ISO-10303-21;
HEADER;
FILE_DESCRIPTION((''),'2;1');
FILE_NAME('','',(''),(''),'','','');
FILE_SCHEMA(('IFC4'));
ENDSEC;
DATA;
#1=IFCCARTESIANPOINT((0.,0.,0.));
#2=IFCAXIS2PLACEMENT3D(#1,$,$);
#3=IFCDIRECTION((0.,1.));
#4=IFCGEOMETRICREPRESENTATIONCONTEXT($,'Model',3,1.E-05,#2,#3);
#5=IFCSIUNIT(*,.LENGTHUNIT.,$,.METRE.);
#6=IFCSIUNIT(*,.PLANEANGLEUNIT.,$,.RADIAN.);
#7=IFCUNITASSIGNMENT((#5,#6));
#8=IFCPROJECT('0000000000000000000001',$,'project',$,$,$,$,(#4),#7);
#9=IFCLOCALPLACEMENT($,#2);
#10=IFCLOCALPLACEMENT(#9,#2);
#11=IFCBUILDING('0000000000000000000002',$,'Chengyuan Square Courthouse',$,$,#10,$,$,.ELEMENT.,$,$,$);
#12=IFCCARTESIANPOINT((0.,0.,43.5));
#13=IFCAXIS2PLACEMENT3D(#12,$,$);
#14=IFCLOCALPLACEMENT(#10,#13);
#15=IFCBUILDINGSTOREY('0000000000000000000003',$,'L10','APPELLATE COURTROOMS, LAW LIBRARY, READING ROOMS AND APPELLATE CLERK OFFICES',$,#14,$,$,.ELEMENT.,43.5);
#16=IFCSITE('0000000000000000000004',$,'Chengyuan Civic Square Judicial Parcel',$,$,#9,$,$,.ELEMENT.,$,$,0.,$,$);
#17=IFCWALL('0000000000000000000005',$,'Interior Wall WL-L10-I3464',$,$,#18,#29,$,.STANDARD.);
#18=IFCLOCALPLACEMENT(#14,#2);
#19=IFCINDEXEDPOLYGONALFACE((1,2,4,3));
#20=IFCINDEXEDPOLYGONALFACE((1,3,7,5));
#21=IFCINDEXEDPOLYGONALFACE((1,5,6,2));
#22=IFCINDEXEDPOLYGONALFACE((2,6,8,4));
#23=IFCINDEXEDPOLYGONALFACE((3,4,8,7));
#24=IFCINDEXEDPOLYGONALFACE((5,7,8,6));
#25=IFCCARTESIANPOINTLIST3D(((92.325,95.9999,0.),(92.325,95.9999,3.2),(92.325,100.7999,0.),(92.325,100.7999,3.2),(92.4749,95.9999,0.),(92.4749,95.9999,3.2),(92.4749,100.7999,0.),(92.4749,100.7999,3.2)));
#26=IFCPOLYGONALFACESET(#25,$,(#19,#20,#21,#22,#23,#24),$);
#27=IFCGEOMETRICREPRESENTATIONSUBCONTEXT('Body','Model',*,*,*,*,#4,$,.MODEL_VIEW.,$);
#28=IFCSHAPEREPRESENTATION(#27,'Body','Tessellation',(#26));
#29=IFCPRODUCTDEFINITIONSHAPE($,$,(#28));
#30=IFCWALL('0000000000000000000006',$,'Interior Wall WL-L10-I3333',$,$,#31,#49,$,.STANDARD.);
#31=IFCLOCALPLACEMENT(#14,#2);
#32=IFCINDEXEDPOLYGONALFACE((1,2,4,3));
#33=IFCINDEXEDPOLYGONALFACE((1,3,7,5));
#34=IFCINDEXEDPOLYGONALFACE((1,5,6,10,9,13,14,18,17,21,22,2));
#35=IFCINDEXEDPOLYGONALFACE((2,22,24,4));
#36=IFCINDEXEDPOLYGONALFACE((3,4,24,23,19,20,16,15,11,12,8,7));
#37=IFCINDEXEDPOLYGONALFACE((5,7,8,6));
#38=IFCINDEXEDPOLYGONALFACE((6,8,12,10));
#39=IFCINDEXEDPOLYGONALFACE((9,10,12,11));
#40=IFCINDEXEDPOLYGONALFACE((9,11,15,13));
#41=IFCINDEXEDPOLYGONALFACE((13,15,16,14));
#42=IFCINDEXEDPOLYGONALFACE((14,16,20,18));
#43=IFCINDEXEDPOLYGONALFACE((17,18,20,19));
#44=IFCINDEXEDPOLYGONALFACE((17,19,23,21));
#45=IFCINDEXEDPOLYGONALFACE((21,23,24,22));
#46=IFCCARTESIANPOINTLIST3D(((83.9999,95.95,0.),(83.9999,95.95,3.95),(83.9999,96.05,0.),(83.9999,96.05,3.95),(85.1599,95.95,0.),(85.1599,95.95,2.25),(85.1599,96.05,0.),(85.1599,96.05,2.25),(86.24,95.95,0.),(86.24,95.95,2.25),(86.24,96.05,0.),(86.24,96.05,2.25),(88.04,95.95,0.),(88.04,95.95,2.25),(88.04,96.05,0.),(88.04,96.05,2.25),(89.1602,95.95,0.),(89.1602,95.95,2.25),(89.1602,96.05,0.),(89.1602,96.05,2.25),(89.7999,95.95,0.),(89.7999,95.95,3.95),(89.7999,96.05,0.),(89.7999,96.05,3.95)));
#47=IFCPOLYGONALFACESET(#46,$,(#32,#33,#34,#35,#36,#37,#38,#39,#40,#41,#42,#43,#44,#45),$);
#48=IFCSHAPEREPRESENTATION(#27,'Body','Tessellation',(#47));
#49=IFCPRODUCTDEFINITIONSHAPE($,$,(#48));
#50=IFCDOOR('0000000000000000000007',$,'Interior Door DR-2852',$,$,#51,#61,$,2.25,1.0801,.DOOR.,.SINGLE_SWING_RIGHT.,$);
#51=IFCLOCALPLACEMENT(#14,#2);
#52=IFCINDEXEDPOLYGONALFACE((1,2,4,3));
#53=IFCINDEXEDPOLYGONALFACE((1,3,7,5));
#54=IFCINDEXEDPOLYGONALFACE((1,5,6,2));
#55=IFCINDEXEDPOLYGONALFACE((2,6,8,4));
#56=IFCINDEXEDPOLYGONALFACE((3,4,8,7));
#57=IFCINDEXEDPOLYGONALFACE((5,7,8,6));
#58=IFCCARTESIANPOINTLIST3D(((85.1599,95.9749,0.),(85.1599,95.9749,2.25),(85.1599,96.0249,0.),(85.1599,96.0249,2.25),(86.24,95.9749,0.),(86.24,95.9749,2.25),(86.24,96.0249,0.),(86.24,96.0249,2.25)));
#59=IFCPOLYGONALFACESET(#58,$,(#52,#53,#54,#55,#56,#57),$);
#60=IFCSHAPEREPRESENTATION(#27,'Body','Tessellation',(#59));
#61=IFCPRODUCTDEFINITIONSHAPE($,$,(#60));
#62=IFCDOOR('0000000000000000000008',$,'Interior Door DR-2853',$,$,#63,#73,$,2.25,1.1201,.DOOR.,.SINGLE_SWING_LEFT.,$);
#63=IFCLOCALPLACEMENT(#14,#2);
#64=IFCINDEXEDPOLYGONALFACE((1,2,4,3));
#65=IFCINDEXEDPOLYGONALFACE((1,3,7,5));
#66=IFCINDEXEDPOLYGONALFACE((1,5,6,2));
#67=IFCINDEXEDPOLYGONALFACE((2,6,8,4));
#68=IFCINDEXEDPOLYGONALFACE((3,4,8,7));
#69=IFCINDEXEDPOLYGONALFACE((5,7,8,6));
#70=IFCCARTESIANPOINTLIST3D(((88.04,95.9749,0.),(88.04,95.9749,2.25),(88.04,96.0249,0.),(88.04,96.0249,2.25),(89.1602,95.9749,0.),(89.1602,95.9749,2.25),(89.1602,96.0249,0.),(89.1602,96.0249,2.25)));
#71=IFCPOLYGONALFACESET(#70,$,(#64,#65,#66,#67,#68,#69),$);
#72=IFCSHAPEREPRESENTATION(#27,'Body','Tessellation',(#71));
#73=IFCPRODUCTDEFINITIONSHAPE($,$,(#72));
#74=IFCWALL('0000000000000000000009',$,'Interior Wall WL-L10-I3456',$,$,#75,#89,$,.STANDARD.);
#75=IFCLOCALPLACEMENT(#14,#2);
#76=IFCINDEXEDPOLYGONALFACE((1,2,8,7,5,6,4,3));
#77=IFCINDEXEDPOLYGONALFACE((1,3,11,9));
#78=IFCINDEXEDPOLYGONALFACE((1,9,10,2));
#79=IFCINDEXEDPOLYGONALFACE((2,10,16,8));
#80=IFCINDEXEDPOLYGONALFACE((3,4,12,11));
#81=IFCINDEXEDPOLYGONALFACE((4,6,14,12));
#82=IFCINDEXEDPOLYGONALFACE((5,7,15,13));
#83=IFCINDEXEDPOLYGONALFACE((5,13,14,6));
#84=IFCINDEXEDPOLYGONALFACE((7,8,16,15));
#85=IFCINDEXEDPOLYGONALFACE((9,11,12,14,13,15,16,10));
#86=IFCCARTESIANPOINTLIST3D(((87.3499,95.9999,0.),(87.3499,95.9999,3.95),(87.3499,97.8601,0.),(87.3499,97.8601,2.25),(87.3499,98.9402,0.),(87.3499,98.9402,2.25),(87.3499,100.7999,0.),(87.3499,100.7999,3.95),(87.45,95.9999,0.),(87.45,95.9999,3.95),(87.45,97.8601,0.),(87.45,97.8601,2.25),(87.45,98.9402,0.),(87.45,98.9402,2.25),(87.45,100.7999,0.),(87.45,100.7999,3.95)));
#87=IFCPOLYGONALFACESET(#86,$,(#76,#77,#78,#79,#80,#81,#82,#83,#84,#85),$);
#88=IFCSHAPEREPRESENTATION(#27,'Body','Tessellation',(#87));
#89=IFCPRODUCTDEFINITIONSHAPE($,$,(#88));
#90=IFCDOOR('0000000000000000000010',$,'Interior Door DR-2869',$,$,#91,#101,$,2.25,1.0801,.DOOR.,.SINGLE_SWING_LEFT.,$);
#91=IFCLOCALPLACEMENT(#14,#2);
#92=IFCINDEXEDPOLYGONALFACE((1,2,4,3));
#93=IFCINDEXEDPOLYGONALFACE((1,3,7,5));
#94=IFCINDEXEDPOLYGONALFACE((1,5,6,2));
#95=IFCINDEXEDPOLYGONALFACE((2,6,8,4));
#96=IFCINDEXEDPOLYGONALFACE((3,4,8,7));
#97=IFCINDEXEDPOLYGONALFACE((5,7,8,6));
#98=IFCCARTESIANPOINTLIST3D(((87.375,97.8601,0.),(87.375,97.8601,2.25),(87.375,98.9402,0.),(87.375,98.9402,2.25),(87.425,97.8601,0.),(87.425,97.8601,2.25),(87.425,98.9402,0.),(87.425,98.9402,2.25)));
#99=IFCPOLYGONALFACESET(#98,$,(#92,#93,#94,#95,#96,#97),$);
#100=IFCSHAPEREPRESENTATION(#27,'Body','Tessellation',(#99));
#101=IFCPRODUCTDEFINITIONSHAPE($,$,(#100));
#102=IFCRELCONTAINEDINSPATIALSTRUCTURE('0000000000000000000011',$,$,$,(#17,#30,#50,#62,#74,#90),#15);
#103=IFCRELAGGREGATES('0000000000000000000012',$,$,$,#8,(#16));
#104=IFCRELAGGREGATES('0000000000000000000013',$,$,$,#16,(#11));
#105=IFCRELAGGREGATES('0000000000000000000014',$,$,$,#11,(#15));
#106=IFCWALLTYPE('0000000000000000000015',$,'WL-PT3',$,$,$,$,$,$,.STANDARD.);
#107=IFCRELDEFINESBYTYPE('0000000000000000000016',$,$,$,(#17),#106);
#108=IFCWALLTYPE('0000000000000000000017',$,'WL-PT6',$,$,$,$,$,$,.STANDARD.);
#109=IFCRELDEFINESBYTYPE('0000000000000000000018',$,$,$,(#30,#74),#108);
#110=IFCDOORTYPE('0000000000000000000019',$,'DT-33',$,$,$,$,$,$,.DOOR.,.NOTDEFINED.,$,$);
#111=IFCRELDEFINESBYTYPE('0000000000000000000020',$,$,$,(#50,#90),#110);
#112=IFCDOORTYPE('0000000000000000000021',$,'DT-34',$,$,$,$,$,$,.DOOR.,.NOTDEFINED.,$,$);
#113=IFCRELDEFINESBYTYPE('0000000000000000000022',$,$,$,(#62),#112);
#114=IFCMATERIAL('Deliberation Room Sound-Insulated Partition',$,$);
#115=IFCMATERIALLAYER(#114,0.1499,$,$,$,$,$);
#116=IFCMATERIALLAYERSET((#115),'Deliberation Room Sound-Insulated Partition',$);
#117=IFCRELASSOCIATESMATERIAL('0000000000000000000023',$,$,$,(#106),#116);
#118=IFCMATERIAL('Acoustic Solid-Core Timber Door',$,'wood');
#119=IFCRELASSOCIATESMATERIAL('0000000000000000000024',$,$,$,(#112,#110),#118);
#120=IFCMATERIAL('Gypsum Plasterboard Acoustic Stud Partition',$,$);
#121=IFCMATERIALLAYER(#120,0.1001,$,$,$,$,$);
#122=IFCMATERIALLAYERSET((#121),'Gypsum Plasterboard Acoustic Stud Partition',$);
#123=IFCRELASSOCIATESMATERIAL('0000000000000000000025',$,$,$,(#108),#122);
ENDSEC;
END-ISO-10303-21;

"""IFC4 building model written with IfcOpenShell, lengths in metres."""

from ifc_helpers import new_model, si_unit, direction, frame, frame_2d, origin, place, context, subcontext, project, spatial, rectangle, extrude, material, layer, layer_set, type_object, element, fill, save


model = new_model("IFC4")

# Units and contexts
model_context = context("Model", 3, precision=1e-05, world=origin(), true_north=direction((0.0, 1.0)))
body_context = subcontext(model_context, "Body", "Model", "MODEL_VIEW")
ifc_project = project(units=[si_unit("LENGTHUNIT", "METRE"), si_unit("PLANEANGLEUNIT", "RADIAN")], contexts=[model_context])

# Site, building, storey
site_placement = place(None, origin())
site = spatial("IfcSite", under=ifc_project, at=site_placement, Name="Chengyuan Civic Square Judicial Parcel", CompositionType="ELEMENT", RefElevation=0.0)
building_placement = place(site_placement, origin())
building = spatial("IfcBuilding", under=site, at=building_placement, Name="Chengyuan Square Courthouse", CompositionType="ELEMENT")
storey_placement = place(building_placement, frame((0.0, 0.0, 43.5)))
storey = spatial("IfcBuildingStorey", under=building, at=storey_placement, Name="L10", Description="APPELLATE COURTROOMS, LAW LIBRARY, READING ROOMS AND APPELLATE CLERK OFFICES", CompositionType="ELEMENT", Elevation=43.5)

# Shared definitions
ifc_material_1 = material(Name="Deliberation Room Sound-Insulated Partition")
ifc_layer_1 = layer(ifc_material_1, 0.1499)
ifc_layer_set_1 = layer_set([ifc_layer_1], Name="Deliberation Room Sound-Insulated Partition")
wall_type_1 = type_object("IfcWallType", Name="WL-PT3", PredefinedType="STANDARD", material=ifc_layer_set_1)
ifc_material_2 = material(Name="Acoustic Solid-Core Timber Door", Category="wood")

# Shared definitions
door_type_1 = type_object("IfcDoorType", Name="DT-34", OperationType="NOTDEFINED", PredefinedType="DOOR", material=ifc_material_2)

# Wall
wall_1_placement = place(storey_placement, frame((92.3999, 96.0, 0.0), z_axis=(0.0, 0.0, 1.0), x_axis=(0.0, 1.0, 0.0)))
element("IfcWall", 1, at=wall_1_placement, inside=storey, type_object=wall_type_1, Name="Interior Wall WL-L10-I3464", PredefinedType="STANDARD", context=body_context, shape_type="SweptSolid", body=[
    extrude(rectangle(XDim=4.8, YDim=0.1499, at=frame_2d((2.3999, 0.0))), origin(), (0.0, 0.0, 1.0), 3.2),
])

# Wall, openings, doors
ifc_material_3 = material(Name="Gypsum Plasterboard Acoustic Stud Partition")
ifc_layer_2 = layer(ifc_material_3, 0.1001)
ifc_layer_set_2 = layer_set([ifc_layer_2], Name="Gypsum Plasterboard Acoustic Stud Partition")
wall_type_2 = type_object("IfcWallType", Name="WL-PT6", PredefinedType="STANDARD", material=ifc_layer_set_2)
wall_2_placement = place(storey_placement, frame((84.0, 96.0, 0.0), z_axis=(0.0, 0.0, 1.0), x_axis=(1.0, 0.0, 0.0)))
wall_2 = element("IfcWall", 2, at=wall_2_placement, inside=storey, type_object=wall_type_2, Name="Interior Wall WL-L10-I3333", PredefinedType="STANDARD", context=body_context, shape_type="SweptSolid", body=[
    extrude(rectangle(XDim=5.8, YDim=0.1001, at=frame_2d((2.8999, 0.0))), origin(), (0.0, 0.0, 1.0), 3.95),
])
opening_1_placement = place(wall_2_placement, frame((1.1599, 0.0, 0.0)))
opening_1 = element("IfcOpeningElement", 3, at=opening_1_placement, cuts=wall_2, PredefinedType="OPENING", context=body_context, shape_type="SweptSolid", body=[
    extrude(rectangle(XDim=1.0801, YDim=2.25, at=frame_2d((0.54, 1.125))), frame((0.0, 0.062, 0.0), z_axis=(0.0, -1.0, 0.0), x_axis=(1.0, 0.0, 0.0)), (0.0, 0.0, 1.0), 0.124),
])
opening_2_placement = place(wall_2_placement, frame((4.04, 0.0, 0.0)))
opening_2 = element("IfcOpeningElement", 4, at=opening_2_placement, cuts=wall_2, PredefinedType="OPENING", context=body_context, shape_type="SweptSolid", body=[
    extrude(rectangle(XDim=1.1201, YDim=2.25, at=frame_2d((0.5601, 1.125))), frame((0.0, 0.062, 0.0), z_axis=(0.0, -1.0, 0.0), x_axis=(1.0, 0.0, 0.0)), (0.0, 0.0, 1.0), 0.124),
])
door_type_2 = type_object("IfcDoorType", Name="DT-33", OperationType="NOTDEFINED", PredefinedType="DOOR", material=ifc_material_2)
door_1_placement = place(opening_1_placement, origin())
door_1 = element("IfcDoor", 5, at=door_1_placement, inside=storey, type_object=door_type_2, Name="Interior Door DR-2852", OperationType="SINGLE_SWING_RIGHT", OverallHeight=2.25, OverallWidth=1.0801, PredefinedType="DOOR", context=body_context, shape_type="SweptSolid", body=[
    extrude(rectangle(XDim=1.0801, YDim=2.25, at=frame_2d((0.54, 1.125))), frame((0.0, 0.0249, 0.0), z_axis=(0.0, -1.0, 0.0), x_axis=(1.0, 0.0, 0.0)), (0.0, 0.0, 1.0), 0.05),
])
fill(opening_1, door_1)
door_2_placement = place(opening_2_placement, origin())
door_2 = element("IfcDoor", 6, at=door_2_placement, inside=storey, type_object=door_type_1, Name="Interior Door DR-2853", OperationType="SINGLE_SWING_LEFT", OverallHeight=2.25, OverallWidth=1.1201, PredefinedType="DOOR", context=body_context, shape_type="SweptSolid", body=[
    extrude(rectangle(XDim=1.1201, YDim=2.25, at=frame_2d((0.5601, 1.125))), frame((0.0, 0.0249, 0.0), z_axis=(0.0, -1.0, 0.0), x_axis=(1.0, 0.0, 0.0)), (0.0, 0.0, 1.0), 0.05),
])
fill(opening_2, door_2)

# Wall, opening, door
wall_3_placement = place(storey_placement, frame((87.3999, 96.0, 0.0), z_axis=(0.0, 0.0, 1.0), x_axis=(0.0, 1.0, 0.0)))
wall_3 = element("IfcWall", 7, at=wall_3_placement, inside=storey, type_object=wall_type_2, Name="Interior Wall WL-L10-I3456", PredefinedType="STANDARD", context=body_context, shape_type="SweptSolid", body=[
    extrude(rectangle(XDim=4.8, YDim=0.1001, at=frame_2d((2.3999, 0.0))), origin(), (0.0, 0.0, 1.0), 3.95),
])
opening_3_placement = place(wall_3_placement, frame((1.8601, 0.0, 0.0)))
opening_3 = element("IfcOpeningElement", 8, at=opening_3_placement, cuts=wall_3, PredefinedType="OPENING", context=body_context, shape_type="SweptSolid", body=[
    extrude(rectangle(XDim=1.0801, YDim=2.25, at=frame_2d((0.54, 1.125))), frame((0.0, 0.062, 0.0), z_axis=(0.0, -1.0, 0.0), x_axis=(1.0, 0.0, 0.0)), (0.0, 0.0, 1.0), 0.124),
])
door_3_placement = place(opening_3_placement, origin())
door_3 = element("IfcDoor", 9, at=door_3_placement, inside=storey, type_object=door_type_2, Name="Interior Door DR-2869", OperationType="SINGLE_SWING_LEFT", OverallHeight=2.25, OverallWidth=1.0801, PredefinedType="DOOR", context=body_context, shape_type="SweptSolid", body=[
    extrude(rectangle(XDim=1.0801, YDim=2.25, at=frame_2d((0.54, 1.125))), frame((0.0, 0.0249, 0.0), z_axis=(0.0, -1.0, 0.0), x_axis=(1.0, 0.0, 0.0)), (0.0, 0.0, 1.0), 0.05),
])
fill(opening_3, door_3)

save(model, "model.ifc")
